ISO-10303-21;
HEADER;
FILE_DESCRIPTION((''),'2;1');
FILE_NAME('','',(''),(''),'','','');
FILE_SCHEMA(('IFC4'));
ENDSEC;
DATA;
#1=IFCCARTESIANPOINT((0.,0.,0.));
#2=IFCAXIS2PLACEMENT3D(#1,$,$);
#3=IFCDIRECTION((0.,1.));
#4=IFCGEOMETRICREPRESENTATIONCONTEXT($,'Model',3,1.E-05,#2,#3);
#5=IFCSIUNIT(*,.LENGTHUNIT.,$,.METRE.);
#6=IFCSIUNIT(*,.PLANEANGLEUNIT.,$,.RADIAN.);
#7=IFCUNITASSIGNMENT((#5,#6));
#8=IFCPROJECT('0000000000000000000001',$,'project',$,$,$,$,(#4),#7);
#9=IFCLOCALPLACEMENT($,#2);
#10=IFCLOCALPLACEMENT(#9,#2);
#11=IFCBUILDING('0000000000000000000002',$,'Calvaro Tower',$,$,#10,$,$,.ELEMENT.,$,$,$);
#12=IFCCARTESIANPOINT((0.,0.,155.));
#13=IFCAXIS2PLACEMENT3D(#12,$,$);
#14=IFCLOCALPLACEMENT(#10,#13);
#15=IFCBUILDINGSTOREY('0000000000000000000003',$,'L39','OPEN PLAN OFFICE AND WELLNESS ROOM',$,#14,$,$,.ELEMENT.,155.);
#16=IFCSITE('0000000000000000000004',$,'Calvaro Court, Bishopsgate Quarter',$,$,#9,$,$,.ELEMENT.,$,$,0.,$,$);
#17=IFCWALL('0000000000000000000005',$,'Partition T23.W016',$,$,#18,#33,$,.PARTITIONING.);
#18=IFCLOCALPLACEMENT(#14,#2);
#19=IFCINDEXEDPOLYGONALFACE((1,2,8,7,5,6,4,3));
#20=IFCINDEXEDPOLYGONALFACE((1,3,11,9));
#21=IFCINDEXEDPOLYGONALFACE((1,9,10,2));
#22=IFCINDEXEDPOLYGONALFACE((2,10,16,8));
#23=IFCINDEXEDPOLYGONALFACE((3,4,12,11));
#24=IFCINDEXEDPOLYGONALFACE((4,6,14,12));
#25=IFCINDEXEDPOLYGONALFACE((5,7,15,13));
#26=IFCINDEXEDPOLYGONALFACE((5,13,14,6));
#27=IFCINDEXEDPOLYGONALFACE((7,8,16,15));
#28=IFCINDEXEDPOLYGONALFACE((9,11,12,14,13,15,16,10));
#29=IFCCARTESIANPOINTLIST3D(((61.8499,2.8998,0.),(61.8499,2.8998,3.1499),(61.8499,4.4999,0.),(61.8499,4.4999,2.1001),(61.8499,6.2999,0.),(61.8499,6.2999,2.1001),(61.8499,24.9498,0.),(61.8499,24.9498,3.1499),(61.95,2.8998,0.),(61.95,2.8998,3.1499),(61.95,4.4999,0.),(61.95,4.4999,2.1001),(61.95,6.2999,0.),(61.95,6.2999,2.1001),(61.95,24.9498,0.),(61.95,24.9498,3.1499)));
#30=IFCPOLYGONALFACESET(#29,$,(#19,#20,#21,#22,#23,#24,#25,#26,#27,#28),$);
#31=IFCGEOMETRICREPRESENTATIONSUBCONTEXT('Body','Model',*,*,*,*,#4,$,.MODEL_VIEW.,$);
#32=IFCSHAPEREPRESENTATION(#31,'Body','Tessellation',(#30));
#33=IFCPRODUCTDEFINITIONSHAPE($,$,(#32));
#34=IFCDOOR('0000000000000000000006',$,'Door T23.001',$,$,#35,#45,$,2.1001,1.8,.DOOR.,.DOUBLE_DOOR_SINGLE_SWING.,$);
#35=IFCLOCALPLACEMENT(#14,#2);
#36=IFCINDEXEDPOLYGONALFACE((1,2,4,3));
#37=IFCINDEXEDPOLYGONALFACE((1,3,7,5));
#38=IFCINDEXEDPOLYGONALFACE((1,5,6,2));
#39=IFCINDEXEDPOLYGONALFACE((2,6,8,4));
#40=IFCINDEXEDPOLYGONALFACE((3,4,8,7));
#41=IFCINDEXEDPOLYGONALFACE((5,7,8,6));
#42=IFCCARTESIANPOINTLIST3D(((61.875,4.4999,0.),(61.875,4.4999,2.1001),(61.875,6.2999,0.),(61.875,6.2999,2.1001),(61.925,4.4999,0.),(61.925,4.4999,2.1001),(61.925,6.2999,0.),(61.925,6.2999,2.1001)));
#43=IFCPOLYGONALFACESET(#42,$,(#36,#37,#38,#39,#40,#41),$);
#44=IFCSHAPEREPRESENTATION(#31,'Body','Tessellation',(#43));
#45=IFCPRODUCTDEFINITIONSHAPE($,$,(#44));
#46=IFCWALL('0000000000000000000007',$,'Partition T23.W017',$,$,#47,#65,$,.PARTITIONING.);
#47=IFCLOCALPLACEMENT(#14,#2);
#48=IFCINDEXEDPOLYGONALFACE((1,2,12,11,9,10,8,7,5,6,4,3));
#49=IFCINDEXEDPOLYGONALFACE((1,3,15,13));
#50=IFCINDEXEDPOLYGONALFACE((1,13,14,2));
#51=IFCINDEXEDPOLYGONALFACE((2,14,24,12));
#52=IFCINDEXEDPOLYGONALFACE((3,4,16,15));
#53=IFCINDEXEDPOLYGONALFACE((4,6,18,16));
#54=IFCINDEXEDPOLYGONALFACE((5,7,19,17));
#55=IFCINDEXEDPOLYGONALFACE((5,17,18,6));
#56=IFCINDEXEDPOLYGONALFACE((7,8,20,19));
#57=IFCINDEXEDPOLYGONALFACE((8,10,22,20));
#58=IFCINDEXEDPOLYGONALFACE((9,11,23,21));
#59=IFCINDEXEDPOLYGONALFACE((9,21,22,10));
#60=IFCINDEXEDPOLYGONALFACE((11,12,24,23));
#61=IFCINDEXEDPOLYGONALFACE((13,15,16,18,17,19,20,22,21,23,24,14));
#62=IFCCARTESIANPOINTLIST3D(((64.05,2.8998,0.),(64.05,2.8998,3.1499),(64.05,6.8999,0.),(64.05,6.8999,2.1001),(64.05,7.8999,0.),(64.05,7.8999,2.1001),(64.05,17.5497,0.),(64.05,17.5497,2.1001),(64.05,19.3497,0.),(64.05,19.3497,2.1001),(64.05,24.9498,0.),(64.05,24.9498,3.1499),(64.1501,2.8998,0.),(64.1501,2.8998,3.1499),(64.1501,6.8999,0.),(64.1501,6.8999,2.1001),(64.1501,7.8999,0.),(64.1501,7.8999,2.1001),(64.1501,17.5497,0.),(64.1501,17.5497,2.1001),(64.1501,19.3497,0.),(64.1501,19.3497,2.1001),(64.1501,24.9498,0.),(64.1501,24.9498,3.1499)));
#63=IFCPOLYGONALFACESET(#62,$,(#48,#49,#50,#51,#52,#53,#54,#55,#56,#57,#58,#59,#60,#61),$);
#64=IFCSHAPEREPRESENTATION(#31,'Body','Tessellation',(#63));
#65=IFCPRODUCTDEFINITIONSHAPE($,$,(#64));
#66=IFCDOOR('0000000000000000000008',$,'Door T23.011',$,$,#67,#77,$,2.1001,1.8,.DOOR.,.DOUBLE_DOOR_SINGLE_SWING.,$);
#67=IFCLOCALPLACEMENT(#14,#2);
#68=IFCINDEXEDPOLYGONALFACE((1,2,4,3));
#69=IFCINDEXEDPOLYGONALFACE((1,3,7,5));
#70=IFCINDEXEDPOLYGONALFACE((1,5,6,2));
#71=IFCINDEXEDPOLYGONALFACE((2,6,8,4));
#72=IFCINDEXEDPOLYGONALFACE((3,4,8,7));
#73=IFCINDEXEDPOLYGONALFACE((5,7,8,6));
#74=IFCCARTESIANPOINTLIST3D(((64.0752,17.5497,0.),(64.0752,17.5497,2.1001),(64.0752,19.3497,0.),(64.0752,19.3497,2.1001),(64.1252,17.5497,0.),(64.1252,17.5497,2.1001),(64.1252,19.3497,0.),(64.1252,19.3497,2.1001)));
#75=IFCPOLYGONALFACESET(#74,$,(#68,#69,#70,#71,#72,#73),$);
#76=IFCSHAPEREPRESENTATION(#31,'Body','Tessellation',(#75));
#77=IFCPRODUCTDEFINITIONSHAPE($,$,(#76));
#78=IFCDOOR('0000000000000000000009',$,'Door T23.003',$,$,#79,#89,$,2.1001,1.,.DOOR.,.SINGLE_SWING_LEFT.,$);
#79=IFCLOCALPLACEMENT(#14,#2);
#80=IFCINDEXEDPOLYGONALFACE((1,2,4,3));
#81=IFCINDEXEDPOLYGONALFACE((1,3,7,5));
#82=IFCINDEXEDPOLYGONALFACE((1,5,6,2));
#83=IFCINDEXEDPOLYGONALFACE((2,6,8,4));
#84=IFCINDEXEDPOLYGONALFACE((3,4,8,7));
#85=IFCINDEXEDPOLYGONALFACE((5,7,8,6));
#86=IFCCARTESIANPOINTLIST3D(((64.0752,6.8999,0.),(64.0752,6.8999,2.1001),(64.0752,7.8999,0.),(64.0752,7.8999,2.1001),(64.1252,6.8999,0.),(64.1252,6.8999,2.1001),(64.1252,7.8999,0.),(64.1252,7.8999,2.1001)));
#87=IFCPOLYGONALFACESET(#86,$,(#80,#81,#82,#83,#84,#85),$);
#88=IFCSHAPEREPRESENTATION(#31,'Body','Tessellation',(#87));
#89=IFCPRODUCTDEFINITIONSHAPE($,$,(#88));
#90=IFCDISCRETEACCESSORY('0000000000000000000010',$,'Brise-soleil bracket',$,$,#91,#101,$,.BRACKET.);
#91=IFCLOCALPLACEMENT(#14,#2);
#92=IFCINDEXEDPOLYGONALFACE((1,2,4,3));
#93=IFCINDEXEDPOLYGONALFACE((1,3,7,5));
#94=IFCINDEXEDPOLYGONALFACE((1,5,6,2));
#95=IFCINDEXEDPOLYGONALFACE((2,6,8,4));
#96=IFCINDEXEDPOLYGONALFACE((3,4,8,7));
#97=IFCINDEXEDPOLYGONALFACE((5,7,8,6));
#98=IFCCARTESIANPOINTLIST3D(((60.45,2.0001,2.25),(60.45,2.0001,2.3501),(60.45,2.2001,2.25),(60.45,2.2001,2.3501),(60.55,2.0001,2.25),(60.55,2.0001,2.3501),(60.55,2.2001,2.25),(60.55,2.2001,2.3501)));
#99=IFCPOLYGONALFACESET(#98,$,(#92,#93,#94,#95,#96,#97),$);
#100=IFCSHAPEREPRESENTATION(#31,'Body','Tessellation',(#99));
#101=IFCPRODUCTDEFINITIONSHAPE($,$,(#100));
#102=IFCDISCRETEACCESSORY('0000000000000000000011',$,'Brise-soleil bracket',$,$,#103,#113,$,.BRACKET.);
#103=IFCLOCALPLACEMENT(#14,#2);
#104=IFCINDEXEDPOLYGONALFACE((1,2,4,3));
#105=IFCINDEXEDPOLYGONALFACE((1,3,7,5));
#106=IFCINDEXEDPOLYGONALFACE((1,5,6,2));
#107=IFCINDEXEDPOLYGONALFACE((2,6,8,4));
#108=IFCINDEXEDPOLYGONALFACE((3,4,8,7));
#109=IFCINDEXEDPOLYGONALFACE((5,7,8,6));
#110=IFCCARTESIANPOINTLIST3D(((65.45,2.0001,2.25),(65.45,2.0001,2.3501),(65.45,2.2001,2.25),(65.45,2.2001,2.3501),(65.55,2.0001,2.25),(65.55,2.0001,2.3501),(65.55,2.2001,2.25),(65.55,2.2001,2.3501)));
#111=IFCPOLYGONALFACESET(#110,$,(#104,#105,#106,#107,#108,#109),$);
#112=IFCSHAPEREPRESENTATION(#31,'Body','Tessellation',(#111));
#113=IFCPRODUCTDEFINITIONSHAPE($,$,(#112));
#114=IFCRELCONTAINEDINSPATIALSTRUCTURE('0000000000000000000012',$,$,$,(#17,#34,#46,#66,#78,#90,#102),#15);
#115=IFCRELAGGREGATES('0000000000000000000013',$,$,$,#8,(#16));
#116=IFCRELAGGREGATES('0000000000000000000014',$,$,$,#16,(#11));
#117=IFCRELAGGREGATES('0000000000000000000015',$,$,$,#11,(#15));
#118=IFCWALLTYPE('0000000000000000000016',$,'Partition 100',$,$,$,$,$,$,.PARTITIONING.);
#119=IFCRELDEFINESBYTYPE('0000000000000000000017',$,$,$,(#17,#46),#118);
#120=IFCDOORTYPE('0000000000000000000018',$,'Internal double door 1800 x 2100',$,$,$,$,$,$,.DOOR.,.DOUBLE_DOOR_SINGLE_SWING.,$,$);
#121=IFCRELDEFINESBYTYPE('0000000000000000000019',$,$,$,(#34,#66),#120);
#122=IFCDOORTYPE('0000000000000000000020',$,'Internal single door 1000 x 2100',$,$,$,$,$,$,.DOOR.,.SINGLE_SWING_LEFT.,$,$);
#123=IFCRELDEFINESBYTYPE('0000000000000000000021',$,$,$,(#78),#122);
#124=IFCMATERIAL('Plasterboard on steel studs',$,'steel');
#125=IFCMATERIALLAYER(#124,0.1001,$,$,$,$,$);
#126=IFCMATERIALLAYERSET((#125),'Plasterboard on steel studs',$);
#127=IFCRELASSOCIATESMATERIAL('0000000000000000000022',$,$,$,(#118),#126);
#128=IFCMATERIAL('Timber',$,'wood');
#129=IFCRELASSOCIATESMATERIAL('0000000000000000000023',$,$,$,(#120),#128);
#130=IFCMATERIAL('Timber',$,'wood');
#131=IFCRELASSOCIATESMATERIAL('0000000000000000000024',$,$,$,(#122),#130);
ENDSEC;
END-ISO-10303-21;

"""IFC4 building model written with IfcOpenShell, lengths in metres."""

from ifc_helpers import new_model, si_unit, direction, frame, frame_2d, origin, origin_2d, place, context, subcontext, project, spatial, rectangle, extrude, material, layer, layer_set, type_object, element, fill, save


model = new_model("IFC4")

# Units and contexts
model_context = context("Model", 3, precision=1e-05, world=origin(), true_north=direction((0.0, 1.0)))
body_context = subcontext(model_context, "Body", "Model", "MODEL_VIEW")
ifc_project = project(units=[si_unit("LENGTHUNIT", "METRE"), si_unit("PLANEANGLEUNIT", "RADIAN")], contexts=[model_context])

# Site, building, storey
site_placement = place(None, origin())
site = spatial("IfcSite", under=ifc_project, at=site_placement, Name="Calvaro Court, Bishopsgate Quarter", CompositionType="ELEMENT", RefElevation=0.0)
building_placement = place(site_placement, origin())
building = spatial("IfcBuilding", under=site, at=building_placement, Name="Calvaro Tower", CompositionType="ELEMENT")
storey_placement = place(building_placement, frame((0.0, 0.0, 155.0)))
storey = spatial("IfcBuildingStorey", under=building, at=storey_placement, Name="L39", Description="OPEN PLAN OFFICE AND WELLNESS ROOM", CompositionType="ELEMENT", Elevation=155.0)

# Wall, opening, door
ifc_material_1 = material(Name="Plasterboard on steel studs", Category="steel")
ifc_layer_1 = layer(ifc_material_1, 0.1001)
ifc_layer_set_1 = layer_set([ifc_layer_1], Name="Plasterboard on steel studs")
wall_type_1 = type_object("IfcWallType", Name="Partition 100", PredefinedType="PARTITIONING", material=ifc_layer_set_1)
wall_1_placement = place(storey_placement, frame((61.8999, 2.8999, 0.0), z_axis=(0.0, 0.0, 1.0), x_axis=(0.0, 1.0, 0.0)))
wall_1 = element("IfcWall", 1, at=wall_1_placement, inside=storey, type_object=wall_type_1, Name="Partition T23.W016", PredefinedType="PARTITIONING", context=body_context, shape_type="SweptSolid", body=[
    extrude(rectangle(XDim=22.05, YDim=0.1001, at=frame_2d((11.0249, 0.0))), origin(), (0.0, 0.0, 1.0), 3.1499),
])
opening_1_placement = place(wall_1_placement, frame((1.6001, 0.0, 0.0)))
opening_1 = element("IfcOpeningElement", 2, at=opening_1_placement, cuts=wall_1, PredefinedType="OPENING", context=body_context, shape_type="SweptSolid", body=[
    extrude(rectangle(XDim=1.8, YDim=2.1001, at=frame_2d((0.8999, 1.05))), frame((0.0, 0.0601, 0.0), z_axis=(0.0, -1.0, 0.0), x_axis=(1.0, 0.0, 0.0)), (0.0, 0.0, 1.0), 0.1201),
])
ifc_material_2 = material(Name="Timber", Category="wood")
door_type_1 = type_object("IfcDoorType", Name="Internal double door 1800 x 2100", OperationType="DOUBLE_DOOR_SINGLE_SWING", PredefinedType="DOOR", material=ifc_material_2)
door_1_placement = place(opening_1_placement, origin())
door_1 = element("IfcDoor", 3, at=door_1_placement, inside=storey, type_object=door_type_1, Name="Door T23.001", OperationType="DOUBLE_DOOR_SINGLE_SWING", OverallHeight=2.1001, OverallWidth=1.8, PredefinedType="DOOR", context=body_context, shape_type="SweptSolid", body=[
    extrude(rectangle(XDim=1.8, YDim=2.1001, at=frame_2d((0.8999, 1.05))), frame((0.0, 0.0249, 0.0), z_axis=(0.0, -1.0, 0.0), x_axis=(1.0, 0.0, 0.0)), (0.0, 0.0, 1.0), 0.05),
])
fill(opening_1, door_1)

# Wall, openings, doors
wall_2_placement = place(storey_placement, frame((64.1001, 2.8999, 0.0), z_axis=(0.0, 0.0, 1.0), x_axis=(0.0, 1.0, 0.0)))
wall_2 = element("IfcWall", 4, at=wall_2_placement, inside=storey, type_object=wall_type_1, Name="Partition T23.W017", PredefinedType="PARTITIONING", context=body_context, shape_type="SweptSolid", body=[
    extrude(rectangle(XDim=22.05, YDim=0.1001, at=frame_2d((11.0249, 0.0))), origin(), (0.0, 0.0, 1.0), 3.1499),
])
opening_2_placement = place(wall_2_placement, frame((4.0, 0.0, 0.0)))
opening_2 = element("IfcOpeningElement", 5, at=opening_2_placement, cuts=wall_2, PredefinedType="OPENING", context=body_context, shape_type="SweptSolid", body=[
    extrude(rectangle(XDim=1.0, YDim=2.1001, at=frame_2d((0.5, 1.05))), frame((0.0, 0.0601, 0.0), z_axis=(0.0, -1.0, 0.0), x_axis=(1.0, 0.0, 0.0)), (0.0, 0.0, 1.0), 0.1201),
])
opening_3_placement = place(wall_2_placement, frame((14.6499, 0.0, 0.0)))
opening_3 = element("IfcOpeningElement", 6, at=opening_3_placement, cuts=wall_2, PredefinedType="OPENING", context=body_context, shape_type="SweptSolid", body=[
    extrude(rectangle(XDim=1.8, YDim=2.1001, at=frame_2d((0.8999, 1.05))), frame((0.0, 0.0601, 0.0), z_axis=(0.0, -1.0, 0.0), x_axis=(1.0, 0.0, 0.0)), (0.0, 0.0, 1.0), 0.1201),
])
door_2_placement = place(opening_3_placement, origin())
door_2 = element("IfcDoor", 7, at=door_2_placement, inside=storey, type_object=door_type_1, Name="Door T23.011", OperationType="DOUBLE_DOOR_SINGLE_SWING", OverallHeight=2.1001, OverallWidth=1.8, PredefinedType="DOOR", context=body_context, shape_type="SweptSolid", body=[
    extrude(rectangle(XDim=1.8, YDim=2.1001, at=frame_2d((0.8999, 1.05))), frame((0.0, 0.0249, 0.0), z_axis=(0.0, -1.0, 0.0), x_axis=(1.0, 0.0, 0.0)), (0.0, 0.0, 1.0), 0.05),
])
fill(opening_3, door_2)
ifc_material_3 = material(Name="Timber", Category="wood")
door_type_2 = type_object("IfcDoorType", Name="Internal single door 1000 x 2100", OperationType="SINGLE_SWING_LEFT", PredefinedType="DOOR", material=ifc_material_3)
door_3_placement = place(opening_2_placement, origin())
door_3 = element("IfcDoor", 8, at=door_3_placement, inside=storey, type_object=door_type_2, Name="Door T23.003", OperationType="SINGLE_SWING_LEFT", OverallHeight=2.1001, OverallWidth=1.0, PredefinedType="DOOR", context=body_context, shape_type="SweptSolid", body=[
    extrude(rectangle(XDim=1.0, YDim=2.1001, at=frame_2d((0.5, 1.05))), frame((0.0, 0.0249, 0.0), z_axis=(0.0, -1.0, 0.0), x_axis=(1.0, 0.0, 0.0)), (0.0, 0.0, 1.0), 0.05),
])
fill(opening_2, door_3)

# Discrete accessories
for number, where, z_axis, x_axis, name in (
    (9, (60.5, 2.1001, 2.25), (0.0, 0.0, 1.0), (1.0, 0.0, 0.0), "Brise-soleil bracket"),
    (10, (65.5, 2.1001, 2.25), (0.0, 0.0, 1.0), (1.0, 0.0, 0.0), "Brise-soleil bracket"),
):
    element("IfcDiscreteAccessory", number, at=place(storey_placement, frame(where, z_axis=z_axis, x_axis=x_axis)), inside=storey, Name=name, PredefinedType="BRACKET", context=body_context, shape_type="SweptSolid", body=[
        extrude(rectangle(XDim=0.1001, YDim=0.2, at=origin_2d()), origin(), (0.0, 0.0, 1.0), 0.1001),
    ])

save(model, "model.ifc")
